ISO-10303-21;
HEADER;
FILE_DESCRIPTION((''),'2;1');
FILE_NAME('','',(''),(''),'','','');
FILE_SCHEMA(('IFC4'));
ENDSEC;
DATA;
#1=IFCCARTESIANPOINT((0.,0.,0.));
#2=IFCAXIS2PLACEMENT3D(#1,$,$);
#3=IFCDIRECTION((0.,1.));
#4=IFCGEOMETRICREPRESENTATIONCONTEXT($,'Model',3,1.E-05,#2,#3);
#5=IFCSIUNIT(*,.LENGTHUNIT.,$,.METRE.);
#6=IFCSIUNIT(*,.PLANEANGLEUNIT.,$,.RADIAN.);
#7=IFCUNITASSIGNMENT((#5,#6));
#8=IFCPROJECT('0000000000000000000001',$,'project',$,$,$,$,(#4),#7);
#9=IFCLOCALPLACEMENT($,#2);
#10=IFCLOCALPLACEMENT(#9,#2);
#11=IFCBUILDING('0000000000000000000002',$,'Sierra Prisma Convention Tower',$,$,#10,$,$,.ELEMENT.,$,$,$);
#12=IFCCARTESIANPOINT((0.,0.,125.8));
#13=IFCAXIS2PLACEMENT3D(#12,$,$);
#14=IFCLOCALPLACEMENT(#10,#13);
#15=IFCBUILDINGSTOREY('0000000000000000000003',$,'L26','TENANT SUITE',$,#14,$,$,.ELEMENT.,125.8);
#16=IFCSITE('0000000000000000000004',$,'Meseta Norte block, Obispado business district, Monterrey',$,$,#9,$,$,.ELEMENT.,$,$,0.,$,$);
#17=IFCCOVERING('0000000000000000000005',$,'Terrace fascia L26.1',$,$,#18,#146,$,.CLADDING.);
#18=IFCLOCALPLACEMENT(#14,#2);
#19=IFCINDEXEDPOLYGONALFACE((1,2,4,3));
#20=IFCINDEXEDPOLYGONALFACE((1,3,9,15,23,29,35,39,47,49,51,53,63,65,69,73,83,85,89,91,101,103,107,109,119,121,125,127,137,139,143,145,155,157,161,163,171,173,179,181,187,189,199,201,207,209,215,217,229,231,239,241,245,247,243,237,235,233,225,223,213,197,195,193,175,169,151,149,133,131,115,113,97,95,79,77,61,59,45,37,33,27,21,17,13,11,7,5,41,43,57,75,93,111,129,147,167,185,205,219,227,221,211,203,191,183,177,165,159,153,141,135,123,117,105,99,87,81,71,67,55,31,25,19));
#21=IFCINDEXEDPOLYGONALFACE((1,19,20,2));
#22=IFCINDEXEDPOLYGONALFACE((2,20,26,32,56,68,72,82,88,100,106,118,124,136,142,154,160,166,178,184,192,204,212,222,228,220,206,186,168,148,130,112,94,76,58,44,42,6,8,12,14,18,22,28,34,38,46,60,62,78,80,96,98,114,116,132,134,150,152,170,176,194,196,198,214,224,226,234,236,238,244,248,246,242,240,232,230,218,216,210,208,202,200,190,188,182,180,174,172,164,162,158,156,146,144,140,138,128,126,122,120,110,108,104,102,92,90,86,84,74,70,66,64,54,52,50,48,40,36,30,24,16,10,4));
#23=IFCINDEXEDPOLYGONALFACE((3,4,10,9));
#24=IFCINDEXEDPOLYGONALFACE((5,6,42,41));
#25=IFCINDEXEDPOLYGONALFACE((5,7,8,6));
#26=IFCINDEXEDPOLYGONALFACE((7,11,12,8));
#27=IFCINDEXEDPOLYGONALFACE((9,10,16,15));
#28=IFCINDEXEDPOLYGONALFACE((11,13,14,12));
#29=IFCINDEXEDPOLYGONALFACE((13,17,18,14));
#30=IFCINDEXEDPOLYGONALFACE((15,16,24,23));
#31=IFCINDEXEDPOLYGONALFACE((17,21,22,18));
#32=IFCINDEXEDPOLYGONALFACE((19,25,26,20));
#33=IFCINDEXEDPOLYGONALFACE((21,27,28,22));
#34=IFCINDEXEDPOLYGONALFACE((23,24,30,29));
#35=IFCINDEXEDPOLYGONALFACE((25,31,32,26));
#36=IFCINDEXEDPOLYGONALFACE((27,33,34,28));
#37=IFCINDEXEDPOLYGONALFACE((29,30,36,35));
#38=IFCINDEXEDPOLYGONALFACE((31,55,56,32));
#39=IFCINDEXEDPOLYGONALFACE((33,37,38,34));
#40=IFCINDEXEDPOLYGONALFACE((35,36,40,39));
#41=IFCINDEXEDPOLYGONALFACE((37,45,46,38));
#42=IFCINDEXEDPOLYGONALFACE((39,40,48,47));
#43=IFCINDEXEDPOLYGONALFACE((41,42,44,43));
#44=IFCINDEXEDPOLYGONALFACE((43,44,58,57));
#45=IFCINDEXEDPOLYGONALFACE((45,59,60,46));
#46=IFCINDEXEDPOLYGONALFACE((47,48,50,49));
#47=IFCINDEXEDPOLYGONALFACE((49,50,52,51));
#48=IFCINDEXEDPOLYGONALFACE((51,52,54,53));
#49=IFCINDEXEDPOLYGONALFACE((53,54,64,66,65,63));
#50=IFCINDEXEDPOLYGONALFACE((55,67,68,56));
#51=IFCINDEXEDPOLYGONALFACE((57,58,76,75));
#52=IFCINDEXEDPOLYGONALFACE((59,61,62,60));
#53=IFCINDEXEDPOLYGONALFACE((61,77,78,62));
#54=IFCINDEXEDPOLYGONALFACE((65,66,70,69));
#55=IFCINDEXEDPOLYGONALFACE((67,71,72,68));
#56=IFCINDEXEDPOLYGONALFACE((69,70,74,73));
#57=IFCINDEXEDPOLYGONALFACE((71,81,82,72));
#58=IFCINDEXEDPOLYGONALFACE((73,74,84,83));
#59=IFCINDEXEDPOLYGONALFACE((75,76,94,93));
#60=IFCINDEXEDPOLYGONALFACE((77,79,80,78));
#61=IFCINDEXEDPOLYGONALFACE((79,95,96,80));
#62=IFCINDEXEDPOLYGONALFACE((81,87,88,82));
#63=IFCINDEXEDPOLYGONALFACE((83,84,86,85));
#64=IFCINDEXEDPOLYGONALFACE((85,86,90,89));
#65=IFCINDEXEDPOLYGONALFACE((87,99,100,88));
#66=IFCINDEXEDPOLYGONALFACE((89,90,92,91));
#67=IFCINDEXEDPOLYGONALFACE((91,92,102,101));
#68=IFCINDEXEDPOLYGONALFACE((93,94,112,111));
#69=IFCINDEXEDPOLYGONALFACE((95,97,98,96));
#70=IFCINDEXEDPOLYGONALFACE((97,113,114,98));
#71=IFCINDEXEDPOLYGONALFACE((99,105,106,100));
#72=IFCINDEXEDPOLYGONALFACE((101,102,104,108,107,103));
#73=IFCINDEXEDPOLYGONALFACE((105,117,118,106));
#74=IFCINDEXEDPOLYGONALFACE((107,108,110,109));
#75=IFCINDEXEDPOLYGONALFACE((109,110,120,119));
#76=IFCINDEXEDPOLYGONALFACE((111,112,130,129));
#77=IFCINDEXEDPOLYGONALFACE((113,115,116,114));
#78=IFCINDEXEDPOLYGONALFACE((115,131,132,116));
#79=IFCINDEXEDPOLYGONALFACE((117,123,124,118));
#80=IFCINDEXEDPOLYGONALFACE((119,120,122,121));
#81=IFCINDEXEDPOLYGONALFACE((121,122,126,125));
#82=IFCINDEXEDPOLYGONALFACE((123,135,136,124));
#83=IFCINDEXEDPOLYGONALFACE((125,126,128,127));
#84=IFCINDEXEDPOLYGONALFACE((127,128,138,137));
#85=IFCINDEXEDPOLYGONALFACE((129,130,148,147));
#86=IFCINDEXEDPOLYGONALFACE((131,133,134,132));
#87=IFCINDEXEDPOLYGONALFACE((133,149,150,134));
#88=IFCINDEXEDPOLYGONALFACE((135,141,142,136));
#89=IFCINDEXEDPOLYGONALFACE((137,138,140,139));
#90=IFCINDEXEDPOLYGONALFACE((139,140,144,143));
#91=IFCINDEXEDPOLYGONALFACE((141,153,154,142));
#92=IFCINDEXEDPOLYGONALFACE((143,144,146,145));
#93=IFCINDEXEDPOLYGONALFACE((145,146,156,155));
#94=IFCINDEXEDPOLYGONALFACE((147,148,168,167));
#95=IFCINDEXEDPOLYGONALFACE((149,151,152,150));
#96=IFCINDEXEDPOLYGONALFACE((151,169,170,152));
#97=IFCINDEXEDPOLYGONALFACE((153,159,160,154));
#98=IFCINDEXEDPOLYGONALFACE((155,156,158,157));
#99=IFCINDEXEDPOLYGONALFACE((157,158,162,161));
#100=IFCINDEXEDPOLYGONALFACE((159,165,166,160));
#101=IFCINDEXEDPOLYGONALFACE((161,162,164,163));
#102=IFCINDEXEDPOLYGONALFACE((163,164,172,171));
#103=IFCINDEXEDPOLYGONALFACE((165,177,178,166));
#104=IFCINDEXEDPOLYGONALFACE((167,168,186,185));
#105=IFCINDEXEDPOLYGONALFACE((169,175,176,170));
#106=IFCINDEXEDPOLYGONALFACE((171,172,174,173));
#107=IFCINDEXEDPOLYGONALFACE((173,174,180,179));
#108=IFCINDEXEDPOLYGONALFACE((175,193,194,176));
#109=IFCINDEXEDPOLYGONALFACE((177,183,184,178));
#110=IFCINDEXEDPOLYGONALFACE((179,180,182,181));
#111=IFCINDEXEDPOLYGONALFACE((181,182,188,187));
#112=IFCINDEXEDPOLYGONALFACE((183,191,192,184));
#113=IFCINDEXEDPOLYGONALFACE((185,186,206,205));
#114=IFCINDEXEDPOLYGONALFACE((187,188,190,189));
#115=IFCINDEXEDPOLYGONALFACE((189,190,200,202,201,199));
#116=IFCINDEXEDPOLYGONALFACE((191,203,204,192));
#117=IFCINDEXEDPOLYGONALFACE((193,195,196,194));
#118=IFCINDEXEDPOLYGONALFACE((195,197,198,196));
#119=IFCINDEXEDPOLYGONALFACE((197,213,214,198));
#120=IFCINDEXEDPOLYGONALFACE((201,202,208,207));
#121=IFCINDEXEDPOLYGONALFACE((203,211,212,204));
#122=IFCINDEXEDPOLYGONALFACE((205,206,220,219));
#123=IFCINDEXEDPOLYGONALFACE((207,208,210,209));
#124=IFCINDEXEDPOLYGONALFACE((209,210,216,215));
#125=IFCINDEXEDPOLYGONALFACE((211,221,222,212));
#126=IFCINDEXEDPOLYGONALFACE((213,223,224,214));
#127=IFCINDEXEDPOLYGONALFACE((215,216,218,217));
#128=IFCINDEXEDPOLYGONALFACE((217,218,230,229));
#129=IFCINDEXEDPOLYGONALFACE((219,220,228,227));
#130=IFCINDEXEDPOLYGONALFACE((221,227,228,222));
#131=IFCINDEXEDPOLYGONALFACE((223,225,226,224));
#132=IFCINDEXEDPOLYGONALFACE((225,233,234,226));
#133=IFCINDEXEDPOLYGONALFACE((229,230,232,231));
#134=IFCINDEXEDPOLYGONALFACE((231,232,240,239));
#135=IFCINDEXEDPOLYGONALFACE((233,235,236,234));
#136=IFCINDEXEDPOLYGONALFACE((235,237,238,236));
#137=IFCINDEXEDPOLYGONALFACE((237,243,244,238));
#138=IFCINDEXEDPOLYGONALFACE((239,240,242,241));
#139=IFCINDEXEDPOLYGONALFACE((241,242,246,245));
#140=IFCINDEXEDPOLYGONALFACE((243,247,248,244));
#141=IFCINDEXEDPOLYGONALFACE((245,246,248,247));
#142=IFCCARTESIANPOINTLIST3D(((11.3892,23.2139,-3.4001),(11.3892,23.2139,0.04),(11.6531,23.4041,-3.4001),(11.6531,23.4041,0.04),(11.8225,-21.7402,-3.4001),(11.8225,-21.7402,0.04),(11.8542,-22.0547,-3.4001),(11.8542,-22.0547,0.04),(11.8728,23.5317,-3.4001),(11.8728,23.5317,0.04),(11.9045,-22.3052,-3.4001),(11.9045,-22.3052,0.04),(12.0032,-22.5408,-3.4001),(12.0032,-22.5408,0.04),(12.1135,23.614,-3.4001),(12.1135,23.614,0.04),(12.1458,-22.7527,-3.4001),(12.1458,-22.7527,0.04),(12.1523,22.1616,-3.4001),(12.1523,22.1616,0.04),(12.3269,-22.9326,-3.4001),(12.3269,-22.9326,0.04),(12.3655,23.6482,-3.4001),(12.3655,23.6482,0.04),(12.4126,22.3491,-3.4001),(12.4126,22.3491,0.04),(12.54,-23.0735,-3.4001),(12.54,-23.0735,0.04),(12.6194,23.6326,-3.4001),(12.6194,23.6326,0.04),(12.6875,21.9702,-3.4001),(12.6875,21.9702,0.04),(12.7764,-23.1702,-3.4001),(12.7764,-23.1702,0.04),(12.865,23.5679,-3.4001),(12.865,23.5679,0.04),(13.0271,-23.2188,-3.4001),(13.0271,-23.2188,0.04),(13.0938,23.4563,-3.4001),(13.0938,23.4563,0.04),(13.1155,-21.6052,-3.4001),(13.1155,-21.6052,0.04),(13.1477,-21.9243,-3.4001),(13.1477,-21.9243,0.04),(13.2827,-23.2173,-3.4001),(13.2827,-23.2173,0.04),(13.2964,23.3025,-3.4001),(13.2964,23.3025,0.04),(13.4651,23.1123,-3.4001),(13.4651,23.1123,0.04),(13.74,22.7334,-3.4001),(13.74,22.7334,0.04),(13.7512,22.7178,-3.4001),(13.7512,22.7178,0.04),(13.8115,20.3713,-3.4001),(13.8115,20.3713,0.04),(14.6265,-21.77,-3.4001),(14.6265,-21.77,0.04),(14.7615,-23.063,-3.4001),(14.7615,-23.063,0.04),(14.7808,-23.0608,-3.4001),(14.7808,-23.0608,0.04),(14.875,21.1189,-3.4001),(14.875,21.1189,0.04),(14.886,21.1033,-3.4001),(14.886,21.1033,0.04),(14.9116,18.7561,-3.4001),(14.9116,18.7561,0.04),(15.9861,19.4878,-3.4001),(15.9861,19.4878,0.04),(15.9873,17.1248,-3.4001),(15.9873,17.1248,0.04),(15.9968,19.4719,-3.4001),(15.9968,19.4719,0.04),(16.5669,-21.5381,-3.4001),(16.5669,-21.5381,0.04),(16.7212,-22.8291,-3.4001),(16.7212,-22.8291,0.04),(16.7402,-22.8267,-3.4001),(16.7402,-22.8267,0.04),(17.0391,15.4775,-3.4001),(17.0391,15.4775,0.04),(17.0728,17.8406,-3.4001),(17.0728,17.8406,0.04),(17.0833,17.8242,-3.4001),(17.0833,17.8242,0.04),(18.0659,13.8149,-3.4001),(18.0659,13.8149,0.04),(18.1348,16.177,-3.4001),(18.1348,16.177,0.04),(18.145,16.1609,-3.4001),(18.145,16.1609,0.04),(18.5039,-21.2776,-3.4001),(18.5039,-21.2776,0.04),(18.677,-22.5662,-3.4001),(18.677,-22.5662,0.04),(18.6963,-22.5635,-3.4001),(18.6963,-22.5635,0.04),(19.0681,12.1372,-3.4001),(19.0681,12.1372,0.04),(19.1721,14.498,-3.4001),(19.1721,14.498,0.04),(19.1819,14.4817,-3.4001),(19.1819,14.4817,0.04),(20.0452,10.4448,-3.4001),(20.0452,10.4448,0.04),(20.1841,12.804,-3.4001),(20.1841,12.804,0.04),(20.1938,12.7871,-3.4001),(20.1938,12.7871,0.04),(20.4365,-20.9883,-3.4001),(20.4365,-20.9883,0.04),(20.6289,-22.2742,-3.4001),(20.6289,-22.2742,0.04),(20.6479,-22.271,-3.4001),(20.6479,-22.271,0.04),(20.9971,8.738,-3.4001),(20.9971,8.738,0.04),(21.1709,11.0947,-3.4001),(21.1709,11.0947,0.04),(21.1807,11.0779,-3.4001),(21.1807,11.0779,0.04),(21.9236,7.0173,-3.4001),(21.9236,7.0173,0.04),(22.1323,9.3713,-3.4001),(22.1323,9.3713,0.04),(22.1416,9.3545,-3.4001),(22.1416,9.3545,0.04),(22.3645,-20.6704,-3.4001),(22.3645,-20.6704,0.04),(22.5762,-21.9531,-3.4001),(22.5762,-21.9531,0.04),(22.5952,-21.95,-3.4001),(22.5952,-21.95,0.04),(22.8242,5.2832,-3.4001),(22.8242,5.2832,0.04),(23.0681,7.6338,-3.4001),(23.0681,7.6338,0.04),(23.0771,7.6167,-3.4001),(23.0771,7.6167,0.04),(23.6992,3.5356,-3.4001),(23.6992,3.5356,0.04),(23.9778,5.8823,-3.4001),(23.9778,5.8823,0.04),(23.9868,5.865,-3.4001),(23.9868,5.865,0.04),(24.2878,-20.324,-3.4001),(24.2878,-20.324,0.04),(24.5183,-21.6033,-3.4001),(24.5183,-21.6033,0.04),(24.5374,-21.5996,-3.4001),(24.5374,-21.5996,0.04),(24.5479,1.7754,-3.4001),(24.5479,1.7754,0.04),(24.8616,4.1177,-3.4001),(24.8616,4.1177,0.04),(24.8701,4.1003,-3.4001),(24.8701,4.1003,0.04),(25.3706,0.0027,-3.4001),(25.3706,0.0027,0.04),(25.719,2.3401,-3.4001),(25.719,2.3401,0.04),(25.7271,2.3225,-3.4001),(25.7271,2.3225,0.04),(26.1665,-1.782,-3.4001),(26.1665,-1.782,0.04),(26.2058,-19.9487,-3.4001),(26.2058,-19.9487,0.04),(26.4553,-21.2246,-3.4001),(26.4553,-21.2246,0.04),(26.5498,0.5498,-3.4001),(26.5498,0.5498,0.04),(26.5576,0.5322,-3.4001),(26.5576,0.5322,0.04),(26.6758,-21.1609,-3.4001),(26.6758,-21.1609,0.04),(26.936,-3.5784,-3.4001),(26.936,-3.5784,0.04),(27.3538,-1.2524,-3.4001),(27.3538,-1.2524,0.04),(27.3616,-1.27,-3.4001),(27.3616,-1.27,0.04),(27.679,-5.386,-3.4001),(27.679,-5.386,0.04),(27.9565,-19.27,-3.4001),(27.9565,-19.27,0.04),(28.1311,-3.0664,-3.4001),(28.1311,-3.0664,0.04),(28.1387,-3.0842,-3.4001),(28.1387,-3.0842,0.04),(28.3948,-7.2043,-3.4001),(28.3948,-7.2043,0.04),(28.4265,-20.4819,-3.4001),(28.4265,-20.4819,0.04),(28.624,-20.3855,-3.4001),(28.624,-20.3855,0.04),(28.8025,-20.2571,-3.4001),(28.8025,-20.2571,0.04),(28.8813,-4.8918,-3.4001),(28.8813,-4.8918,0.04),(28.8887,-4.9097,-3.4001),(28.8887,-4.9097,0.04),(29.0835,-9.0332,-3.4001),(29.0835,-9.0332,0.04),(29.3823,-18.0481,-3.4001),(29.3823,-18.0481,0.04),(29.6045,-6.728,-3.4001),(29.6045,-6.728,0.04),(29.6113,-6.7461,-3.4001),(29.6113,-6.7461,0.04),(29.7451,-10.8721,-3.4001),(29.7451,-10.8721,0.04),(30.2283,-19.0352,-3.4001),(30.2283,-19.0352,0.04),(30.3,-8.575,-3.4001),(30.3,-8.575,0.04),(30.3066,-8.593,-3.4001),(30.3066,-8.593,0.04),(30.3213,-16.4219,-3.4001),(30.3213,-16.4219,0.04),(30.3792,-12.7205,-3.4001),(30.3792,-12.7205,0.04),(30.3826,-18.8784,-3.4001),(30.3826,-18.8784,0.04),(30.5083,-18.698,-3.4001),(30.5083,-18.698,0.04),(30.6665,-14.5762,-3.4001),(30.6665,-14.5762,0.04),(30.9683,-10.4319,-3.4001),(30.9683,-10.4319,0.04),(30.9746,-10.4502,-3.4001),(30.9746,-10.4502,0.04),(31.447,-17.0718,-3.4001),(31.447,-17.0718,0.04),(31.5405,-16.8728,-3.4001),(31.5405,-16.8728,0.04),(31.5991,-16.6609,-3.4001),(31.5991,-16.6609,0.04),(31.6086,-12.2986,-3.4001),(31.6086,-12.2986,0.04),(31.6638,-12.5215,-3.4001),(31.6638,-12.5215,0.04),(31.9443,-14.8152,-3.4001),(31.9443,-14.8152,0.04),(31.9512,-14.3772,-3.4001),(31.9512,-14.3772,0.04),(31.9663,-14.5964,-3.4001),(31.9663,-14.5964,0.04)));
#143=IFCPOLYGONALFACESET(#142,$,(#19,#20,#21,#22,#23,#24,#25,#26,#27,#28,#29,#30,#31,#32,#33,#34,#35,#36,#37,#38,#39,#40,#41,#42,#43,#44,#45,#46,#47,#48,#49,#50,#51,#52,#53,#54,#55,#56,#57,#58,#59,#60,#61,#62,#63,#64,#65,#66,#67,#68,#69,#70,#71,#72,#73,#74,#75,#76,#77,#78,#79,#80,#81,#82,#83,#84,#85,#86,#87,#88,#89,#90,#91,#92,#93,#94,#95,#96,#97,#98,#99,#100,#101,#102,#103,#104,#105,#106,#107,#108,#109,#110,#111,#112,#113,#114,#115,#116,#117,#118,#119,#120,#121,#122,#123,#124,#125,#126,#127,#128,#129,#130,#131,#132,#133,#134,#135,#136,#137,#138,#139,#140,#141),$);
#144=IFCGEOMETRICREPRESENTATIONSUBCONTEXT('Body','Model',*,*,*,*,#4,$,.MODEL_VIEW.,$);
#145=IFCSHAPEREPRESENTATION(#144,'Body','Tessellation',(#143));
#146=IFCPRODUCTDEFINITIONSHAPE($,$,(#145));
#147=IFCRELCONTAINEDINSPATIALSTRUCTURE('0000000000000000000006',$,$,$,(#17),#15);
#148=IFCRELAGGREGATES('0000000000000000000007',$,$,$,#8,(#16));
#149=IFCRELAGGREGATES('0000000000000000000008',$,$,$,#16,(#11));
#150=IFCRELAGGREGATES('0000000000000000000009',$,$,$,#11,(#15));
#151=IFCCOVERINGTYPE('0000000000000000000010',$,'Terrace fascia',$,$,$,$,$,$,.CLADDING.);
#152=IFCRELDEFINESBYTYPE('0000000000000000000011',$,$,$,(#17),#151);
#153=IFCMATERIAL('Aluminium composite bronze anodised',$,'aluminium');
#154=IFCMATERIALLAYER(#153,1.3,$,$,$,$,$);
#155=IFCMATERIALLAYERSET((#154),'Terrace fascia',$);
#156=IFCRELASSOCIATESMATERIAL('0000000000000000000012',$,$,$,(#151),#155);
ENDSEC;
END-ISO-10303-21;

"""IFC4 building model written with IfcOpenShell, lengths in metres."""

from ifc_helpers import new_model, si_unit, direction, frame, origin, place, context, subcontext, project, spatial, polyline, outline, extrude, material, layer, layer_set, type_object, element, save


model = new_model("IFC4")

# Units and contexts
model_context = context("Model", 3, precision=1e-05, world=origin(), true_north=direction((0.0, 1.0)))
body_context = subcontext(model_context, "Body", "Model", "MODEL_VIEW")
ifc_project = project(units=[si_unit("LENGTHUNIT", "METRE"), si_unit("PLANEANGLEUNIT", "RADIAN")], contexts=[model_context])

# Site, building, storey
site_placement = place(None, origin())
site = spatial("IfcSite", under=ifc_project, at=site_placement, Name="Meseta Norte block, Obispado business district, Monterrey", CompositionType="ELEMENT", RefElevation=0.0)
building_placement = place(site_placement, origin())
building = spatial("IfcBuilding", under=site, at=building_placement, Name="Sierra Prisma Convention Tower", CompositionType="ELEMENT")
storey_placement = place(building_placement, frame((0.0, 0.0, 125.8)))
storey = spatial("IfcBuildingStorey", under=building, at=storey_placement, Name="L26", Description="TENANT SUITE", CompositionType="ELEMENT", Elevation=125.8)

# Covering
ifc_material_1 = material(Name="Aluminium composite bronze anodised", Category="aluminium")
ifc_layer_1 = layer(ifc_material_1, 1.3)
ifc_layer_set_1 = layer_set([ifc_layer_1], Name="Terrace fascia")
covering_type_1 = type_object("IfcCoveringType", Name="Terrace fascia", PredefinedType="CLADDING", material=ifc_layer_set_1)
covering_1_placement = place(storey_placement, frame((0.0, 0.0, -3.4001)))
element("IfcCovering", 1, at=covering_1_placement, inside=storey, type_object=covering_type_1, Name="Terrace fascia L26.1", PredefinedType="CLADDING", context=body_context, shape_type="SweptSolid", body=[
    extrude(outline(polyline([(11.6531, 23.4041), (11.8728, 23.5317), (12.1135, 23.614), (12.3655, 23.6482), (12.6194, 23.6326), (12.865, 23.5679), (13.0938, 23.4563), (13.2964, 23.3025), (13.4651, 23.1123), (13.74, 22.7334), (13.7512, 22.7178), (14.875, 21.1189), (14.886, 21.1033), (15.9861, 19.4878), (15.9968, 19.4719), (17.0728, 17.8406), (17.0833, 17.8242), (18.1348, 16.177), (18.145, 16.1609), (19.1721, 14.498), (19.1819, 14.4817), (20.1841, 12.804), (20.1938, 12.7871), (21.1709, 11.0947), (21.1807, 11.0779), (22.1323, 9.3713), (22.1416, 9.3545), (23.0681, 7.6338), (23.0771, 7.6167), (23.9778, 5.8823), (23.9868, 5.865), (24.8616, 4.1177), (24.8701, 4.1003), (25.719, 2.3401), (25.7271, 2.3225), (26.5498, 0.5498), (26.5576, 0.5322), (27.3538, -1.2524), (27.3616, -1.27), (28.1311, -3.0664), (28.1387, -3.0842), (28.8813, -4.8918), (28.8887, -4.9097), (29.6045, -6.728), (29.6113, -6.7461), (30.3, -8.575), (30.3066, -8.593), (30.9683, -10.4319), (30.9746, -10.4502), (31.6086, -12.2986), (31.6638, -12.5215), (31.9512, -14.3772), (31.9663, -14.5964), (31.9443, -14.8152), (31.5991, -16.6609), (31.5405, -16.8728), (31.447, -17.0718), (30.5083, -18.698), (30.3826, -18.8784), (30.2283, -19.0352), (28.8025, -20.2571), (28.624, -20.3855), (28.4265, -20.4819), (26.6758, -21.1609), (26.4553, -21.2246), (24.5374, -21.5996), (24.5183, -21.6033), (22.5952, -21.95), (22.5762, -21.9531), (20.6479, -22.271), (20.6289, -22.2742), (18.6963, -22.5635), (18.677, -22.5662), (16.7402, -22.8267), (16.7212, -22.8291), (14.7808, -23.0608), (14.7615, -23.063), (13.2827, -23.2173), (13.0271, -23.2188), (12.7764, -23.1702), (12.54, -23.0735), (12.3269, -22.9326), (12.1458, -22.7527), (12.0032, -22.5408), (11.9045, -22.3052), (11.8542, -22.0547), (11.8225, -21.7402), (13.1155, -21.6052), (13.1477, -21.9243), (14.6265, -21.77), (16.5669, -21.5381), (18.5039, -21.2776), (20.4365, -20.9883), (22.3645, -20.6704), (24.2878, -20.324), (26.2058, -19.9487), (27.9565, -19.27), (29.3823, -18.0481), (30.3213, -16.4219), (30.6665, -14.5762), (30.3792, -12.7205), (29.7451, -10.8721), (29.0835, -9.0332), (28.3948, -7.2043), (27.679, -5.386), (26.936, -3.5784), (26.1665, -1.782), (25.3706, 0.0027), (24.5479, 1.7754), (23.6992, 3.5356), (22.8242, 5.2832), (21.9236, 7.0173), (20.9971, 8.738), (20.0452, 10.4448), (19.0681, 12.1372), (18.0659, 13.8149), (17.0391, 15.4775), (15.9873, 17.1248), (14.9116, 18.7561), (13.8115, 20.3713), (12.6875, 21.9702), (12.4126, 22.3491), (12.1523, 22.1616), (11.3892, 23.2139), (11.6531, 23.4041)])), origin(), (0.0, 0.0, 1.0), 3.4402),
])

save(model, "model.ifc")
